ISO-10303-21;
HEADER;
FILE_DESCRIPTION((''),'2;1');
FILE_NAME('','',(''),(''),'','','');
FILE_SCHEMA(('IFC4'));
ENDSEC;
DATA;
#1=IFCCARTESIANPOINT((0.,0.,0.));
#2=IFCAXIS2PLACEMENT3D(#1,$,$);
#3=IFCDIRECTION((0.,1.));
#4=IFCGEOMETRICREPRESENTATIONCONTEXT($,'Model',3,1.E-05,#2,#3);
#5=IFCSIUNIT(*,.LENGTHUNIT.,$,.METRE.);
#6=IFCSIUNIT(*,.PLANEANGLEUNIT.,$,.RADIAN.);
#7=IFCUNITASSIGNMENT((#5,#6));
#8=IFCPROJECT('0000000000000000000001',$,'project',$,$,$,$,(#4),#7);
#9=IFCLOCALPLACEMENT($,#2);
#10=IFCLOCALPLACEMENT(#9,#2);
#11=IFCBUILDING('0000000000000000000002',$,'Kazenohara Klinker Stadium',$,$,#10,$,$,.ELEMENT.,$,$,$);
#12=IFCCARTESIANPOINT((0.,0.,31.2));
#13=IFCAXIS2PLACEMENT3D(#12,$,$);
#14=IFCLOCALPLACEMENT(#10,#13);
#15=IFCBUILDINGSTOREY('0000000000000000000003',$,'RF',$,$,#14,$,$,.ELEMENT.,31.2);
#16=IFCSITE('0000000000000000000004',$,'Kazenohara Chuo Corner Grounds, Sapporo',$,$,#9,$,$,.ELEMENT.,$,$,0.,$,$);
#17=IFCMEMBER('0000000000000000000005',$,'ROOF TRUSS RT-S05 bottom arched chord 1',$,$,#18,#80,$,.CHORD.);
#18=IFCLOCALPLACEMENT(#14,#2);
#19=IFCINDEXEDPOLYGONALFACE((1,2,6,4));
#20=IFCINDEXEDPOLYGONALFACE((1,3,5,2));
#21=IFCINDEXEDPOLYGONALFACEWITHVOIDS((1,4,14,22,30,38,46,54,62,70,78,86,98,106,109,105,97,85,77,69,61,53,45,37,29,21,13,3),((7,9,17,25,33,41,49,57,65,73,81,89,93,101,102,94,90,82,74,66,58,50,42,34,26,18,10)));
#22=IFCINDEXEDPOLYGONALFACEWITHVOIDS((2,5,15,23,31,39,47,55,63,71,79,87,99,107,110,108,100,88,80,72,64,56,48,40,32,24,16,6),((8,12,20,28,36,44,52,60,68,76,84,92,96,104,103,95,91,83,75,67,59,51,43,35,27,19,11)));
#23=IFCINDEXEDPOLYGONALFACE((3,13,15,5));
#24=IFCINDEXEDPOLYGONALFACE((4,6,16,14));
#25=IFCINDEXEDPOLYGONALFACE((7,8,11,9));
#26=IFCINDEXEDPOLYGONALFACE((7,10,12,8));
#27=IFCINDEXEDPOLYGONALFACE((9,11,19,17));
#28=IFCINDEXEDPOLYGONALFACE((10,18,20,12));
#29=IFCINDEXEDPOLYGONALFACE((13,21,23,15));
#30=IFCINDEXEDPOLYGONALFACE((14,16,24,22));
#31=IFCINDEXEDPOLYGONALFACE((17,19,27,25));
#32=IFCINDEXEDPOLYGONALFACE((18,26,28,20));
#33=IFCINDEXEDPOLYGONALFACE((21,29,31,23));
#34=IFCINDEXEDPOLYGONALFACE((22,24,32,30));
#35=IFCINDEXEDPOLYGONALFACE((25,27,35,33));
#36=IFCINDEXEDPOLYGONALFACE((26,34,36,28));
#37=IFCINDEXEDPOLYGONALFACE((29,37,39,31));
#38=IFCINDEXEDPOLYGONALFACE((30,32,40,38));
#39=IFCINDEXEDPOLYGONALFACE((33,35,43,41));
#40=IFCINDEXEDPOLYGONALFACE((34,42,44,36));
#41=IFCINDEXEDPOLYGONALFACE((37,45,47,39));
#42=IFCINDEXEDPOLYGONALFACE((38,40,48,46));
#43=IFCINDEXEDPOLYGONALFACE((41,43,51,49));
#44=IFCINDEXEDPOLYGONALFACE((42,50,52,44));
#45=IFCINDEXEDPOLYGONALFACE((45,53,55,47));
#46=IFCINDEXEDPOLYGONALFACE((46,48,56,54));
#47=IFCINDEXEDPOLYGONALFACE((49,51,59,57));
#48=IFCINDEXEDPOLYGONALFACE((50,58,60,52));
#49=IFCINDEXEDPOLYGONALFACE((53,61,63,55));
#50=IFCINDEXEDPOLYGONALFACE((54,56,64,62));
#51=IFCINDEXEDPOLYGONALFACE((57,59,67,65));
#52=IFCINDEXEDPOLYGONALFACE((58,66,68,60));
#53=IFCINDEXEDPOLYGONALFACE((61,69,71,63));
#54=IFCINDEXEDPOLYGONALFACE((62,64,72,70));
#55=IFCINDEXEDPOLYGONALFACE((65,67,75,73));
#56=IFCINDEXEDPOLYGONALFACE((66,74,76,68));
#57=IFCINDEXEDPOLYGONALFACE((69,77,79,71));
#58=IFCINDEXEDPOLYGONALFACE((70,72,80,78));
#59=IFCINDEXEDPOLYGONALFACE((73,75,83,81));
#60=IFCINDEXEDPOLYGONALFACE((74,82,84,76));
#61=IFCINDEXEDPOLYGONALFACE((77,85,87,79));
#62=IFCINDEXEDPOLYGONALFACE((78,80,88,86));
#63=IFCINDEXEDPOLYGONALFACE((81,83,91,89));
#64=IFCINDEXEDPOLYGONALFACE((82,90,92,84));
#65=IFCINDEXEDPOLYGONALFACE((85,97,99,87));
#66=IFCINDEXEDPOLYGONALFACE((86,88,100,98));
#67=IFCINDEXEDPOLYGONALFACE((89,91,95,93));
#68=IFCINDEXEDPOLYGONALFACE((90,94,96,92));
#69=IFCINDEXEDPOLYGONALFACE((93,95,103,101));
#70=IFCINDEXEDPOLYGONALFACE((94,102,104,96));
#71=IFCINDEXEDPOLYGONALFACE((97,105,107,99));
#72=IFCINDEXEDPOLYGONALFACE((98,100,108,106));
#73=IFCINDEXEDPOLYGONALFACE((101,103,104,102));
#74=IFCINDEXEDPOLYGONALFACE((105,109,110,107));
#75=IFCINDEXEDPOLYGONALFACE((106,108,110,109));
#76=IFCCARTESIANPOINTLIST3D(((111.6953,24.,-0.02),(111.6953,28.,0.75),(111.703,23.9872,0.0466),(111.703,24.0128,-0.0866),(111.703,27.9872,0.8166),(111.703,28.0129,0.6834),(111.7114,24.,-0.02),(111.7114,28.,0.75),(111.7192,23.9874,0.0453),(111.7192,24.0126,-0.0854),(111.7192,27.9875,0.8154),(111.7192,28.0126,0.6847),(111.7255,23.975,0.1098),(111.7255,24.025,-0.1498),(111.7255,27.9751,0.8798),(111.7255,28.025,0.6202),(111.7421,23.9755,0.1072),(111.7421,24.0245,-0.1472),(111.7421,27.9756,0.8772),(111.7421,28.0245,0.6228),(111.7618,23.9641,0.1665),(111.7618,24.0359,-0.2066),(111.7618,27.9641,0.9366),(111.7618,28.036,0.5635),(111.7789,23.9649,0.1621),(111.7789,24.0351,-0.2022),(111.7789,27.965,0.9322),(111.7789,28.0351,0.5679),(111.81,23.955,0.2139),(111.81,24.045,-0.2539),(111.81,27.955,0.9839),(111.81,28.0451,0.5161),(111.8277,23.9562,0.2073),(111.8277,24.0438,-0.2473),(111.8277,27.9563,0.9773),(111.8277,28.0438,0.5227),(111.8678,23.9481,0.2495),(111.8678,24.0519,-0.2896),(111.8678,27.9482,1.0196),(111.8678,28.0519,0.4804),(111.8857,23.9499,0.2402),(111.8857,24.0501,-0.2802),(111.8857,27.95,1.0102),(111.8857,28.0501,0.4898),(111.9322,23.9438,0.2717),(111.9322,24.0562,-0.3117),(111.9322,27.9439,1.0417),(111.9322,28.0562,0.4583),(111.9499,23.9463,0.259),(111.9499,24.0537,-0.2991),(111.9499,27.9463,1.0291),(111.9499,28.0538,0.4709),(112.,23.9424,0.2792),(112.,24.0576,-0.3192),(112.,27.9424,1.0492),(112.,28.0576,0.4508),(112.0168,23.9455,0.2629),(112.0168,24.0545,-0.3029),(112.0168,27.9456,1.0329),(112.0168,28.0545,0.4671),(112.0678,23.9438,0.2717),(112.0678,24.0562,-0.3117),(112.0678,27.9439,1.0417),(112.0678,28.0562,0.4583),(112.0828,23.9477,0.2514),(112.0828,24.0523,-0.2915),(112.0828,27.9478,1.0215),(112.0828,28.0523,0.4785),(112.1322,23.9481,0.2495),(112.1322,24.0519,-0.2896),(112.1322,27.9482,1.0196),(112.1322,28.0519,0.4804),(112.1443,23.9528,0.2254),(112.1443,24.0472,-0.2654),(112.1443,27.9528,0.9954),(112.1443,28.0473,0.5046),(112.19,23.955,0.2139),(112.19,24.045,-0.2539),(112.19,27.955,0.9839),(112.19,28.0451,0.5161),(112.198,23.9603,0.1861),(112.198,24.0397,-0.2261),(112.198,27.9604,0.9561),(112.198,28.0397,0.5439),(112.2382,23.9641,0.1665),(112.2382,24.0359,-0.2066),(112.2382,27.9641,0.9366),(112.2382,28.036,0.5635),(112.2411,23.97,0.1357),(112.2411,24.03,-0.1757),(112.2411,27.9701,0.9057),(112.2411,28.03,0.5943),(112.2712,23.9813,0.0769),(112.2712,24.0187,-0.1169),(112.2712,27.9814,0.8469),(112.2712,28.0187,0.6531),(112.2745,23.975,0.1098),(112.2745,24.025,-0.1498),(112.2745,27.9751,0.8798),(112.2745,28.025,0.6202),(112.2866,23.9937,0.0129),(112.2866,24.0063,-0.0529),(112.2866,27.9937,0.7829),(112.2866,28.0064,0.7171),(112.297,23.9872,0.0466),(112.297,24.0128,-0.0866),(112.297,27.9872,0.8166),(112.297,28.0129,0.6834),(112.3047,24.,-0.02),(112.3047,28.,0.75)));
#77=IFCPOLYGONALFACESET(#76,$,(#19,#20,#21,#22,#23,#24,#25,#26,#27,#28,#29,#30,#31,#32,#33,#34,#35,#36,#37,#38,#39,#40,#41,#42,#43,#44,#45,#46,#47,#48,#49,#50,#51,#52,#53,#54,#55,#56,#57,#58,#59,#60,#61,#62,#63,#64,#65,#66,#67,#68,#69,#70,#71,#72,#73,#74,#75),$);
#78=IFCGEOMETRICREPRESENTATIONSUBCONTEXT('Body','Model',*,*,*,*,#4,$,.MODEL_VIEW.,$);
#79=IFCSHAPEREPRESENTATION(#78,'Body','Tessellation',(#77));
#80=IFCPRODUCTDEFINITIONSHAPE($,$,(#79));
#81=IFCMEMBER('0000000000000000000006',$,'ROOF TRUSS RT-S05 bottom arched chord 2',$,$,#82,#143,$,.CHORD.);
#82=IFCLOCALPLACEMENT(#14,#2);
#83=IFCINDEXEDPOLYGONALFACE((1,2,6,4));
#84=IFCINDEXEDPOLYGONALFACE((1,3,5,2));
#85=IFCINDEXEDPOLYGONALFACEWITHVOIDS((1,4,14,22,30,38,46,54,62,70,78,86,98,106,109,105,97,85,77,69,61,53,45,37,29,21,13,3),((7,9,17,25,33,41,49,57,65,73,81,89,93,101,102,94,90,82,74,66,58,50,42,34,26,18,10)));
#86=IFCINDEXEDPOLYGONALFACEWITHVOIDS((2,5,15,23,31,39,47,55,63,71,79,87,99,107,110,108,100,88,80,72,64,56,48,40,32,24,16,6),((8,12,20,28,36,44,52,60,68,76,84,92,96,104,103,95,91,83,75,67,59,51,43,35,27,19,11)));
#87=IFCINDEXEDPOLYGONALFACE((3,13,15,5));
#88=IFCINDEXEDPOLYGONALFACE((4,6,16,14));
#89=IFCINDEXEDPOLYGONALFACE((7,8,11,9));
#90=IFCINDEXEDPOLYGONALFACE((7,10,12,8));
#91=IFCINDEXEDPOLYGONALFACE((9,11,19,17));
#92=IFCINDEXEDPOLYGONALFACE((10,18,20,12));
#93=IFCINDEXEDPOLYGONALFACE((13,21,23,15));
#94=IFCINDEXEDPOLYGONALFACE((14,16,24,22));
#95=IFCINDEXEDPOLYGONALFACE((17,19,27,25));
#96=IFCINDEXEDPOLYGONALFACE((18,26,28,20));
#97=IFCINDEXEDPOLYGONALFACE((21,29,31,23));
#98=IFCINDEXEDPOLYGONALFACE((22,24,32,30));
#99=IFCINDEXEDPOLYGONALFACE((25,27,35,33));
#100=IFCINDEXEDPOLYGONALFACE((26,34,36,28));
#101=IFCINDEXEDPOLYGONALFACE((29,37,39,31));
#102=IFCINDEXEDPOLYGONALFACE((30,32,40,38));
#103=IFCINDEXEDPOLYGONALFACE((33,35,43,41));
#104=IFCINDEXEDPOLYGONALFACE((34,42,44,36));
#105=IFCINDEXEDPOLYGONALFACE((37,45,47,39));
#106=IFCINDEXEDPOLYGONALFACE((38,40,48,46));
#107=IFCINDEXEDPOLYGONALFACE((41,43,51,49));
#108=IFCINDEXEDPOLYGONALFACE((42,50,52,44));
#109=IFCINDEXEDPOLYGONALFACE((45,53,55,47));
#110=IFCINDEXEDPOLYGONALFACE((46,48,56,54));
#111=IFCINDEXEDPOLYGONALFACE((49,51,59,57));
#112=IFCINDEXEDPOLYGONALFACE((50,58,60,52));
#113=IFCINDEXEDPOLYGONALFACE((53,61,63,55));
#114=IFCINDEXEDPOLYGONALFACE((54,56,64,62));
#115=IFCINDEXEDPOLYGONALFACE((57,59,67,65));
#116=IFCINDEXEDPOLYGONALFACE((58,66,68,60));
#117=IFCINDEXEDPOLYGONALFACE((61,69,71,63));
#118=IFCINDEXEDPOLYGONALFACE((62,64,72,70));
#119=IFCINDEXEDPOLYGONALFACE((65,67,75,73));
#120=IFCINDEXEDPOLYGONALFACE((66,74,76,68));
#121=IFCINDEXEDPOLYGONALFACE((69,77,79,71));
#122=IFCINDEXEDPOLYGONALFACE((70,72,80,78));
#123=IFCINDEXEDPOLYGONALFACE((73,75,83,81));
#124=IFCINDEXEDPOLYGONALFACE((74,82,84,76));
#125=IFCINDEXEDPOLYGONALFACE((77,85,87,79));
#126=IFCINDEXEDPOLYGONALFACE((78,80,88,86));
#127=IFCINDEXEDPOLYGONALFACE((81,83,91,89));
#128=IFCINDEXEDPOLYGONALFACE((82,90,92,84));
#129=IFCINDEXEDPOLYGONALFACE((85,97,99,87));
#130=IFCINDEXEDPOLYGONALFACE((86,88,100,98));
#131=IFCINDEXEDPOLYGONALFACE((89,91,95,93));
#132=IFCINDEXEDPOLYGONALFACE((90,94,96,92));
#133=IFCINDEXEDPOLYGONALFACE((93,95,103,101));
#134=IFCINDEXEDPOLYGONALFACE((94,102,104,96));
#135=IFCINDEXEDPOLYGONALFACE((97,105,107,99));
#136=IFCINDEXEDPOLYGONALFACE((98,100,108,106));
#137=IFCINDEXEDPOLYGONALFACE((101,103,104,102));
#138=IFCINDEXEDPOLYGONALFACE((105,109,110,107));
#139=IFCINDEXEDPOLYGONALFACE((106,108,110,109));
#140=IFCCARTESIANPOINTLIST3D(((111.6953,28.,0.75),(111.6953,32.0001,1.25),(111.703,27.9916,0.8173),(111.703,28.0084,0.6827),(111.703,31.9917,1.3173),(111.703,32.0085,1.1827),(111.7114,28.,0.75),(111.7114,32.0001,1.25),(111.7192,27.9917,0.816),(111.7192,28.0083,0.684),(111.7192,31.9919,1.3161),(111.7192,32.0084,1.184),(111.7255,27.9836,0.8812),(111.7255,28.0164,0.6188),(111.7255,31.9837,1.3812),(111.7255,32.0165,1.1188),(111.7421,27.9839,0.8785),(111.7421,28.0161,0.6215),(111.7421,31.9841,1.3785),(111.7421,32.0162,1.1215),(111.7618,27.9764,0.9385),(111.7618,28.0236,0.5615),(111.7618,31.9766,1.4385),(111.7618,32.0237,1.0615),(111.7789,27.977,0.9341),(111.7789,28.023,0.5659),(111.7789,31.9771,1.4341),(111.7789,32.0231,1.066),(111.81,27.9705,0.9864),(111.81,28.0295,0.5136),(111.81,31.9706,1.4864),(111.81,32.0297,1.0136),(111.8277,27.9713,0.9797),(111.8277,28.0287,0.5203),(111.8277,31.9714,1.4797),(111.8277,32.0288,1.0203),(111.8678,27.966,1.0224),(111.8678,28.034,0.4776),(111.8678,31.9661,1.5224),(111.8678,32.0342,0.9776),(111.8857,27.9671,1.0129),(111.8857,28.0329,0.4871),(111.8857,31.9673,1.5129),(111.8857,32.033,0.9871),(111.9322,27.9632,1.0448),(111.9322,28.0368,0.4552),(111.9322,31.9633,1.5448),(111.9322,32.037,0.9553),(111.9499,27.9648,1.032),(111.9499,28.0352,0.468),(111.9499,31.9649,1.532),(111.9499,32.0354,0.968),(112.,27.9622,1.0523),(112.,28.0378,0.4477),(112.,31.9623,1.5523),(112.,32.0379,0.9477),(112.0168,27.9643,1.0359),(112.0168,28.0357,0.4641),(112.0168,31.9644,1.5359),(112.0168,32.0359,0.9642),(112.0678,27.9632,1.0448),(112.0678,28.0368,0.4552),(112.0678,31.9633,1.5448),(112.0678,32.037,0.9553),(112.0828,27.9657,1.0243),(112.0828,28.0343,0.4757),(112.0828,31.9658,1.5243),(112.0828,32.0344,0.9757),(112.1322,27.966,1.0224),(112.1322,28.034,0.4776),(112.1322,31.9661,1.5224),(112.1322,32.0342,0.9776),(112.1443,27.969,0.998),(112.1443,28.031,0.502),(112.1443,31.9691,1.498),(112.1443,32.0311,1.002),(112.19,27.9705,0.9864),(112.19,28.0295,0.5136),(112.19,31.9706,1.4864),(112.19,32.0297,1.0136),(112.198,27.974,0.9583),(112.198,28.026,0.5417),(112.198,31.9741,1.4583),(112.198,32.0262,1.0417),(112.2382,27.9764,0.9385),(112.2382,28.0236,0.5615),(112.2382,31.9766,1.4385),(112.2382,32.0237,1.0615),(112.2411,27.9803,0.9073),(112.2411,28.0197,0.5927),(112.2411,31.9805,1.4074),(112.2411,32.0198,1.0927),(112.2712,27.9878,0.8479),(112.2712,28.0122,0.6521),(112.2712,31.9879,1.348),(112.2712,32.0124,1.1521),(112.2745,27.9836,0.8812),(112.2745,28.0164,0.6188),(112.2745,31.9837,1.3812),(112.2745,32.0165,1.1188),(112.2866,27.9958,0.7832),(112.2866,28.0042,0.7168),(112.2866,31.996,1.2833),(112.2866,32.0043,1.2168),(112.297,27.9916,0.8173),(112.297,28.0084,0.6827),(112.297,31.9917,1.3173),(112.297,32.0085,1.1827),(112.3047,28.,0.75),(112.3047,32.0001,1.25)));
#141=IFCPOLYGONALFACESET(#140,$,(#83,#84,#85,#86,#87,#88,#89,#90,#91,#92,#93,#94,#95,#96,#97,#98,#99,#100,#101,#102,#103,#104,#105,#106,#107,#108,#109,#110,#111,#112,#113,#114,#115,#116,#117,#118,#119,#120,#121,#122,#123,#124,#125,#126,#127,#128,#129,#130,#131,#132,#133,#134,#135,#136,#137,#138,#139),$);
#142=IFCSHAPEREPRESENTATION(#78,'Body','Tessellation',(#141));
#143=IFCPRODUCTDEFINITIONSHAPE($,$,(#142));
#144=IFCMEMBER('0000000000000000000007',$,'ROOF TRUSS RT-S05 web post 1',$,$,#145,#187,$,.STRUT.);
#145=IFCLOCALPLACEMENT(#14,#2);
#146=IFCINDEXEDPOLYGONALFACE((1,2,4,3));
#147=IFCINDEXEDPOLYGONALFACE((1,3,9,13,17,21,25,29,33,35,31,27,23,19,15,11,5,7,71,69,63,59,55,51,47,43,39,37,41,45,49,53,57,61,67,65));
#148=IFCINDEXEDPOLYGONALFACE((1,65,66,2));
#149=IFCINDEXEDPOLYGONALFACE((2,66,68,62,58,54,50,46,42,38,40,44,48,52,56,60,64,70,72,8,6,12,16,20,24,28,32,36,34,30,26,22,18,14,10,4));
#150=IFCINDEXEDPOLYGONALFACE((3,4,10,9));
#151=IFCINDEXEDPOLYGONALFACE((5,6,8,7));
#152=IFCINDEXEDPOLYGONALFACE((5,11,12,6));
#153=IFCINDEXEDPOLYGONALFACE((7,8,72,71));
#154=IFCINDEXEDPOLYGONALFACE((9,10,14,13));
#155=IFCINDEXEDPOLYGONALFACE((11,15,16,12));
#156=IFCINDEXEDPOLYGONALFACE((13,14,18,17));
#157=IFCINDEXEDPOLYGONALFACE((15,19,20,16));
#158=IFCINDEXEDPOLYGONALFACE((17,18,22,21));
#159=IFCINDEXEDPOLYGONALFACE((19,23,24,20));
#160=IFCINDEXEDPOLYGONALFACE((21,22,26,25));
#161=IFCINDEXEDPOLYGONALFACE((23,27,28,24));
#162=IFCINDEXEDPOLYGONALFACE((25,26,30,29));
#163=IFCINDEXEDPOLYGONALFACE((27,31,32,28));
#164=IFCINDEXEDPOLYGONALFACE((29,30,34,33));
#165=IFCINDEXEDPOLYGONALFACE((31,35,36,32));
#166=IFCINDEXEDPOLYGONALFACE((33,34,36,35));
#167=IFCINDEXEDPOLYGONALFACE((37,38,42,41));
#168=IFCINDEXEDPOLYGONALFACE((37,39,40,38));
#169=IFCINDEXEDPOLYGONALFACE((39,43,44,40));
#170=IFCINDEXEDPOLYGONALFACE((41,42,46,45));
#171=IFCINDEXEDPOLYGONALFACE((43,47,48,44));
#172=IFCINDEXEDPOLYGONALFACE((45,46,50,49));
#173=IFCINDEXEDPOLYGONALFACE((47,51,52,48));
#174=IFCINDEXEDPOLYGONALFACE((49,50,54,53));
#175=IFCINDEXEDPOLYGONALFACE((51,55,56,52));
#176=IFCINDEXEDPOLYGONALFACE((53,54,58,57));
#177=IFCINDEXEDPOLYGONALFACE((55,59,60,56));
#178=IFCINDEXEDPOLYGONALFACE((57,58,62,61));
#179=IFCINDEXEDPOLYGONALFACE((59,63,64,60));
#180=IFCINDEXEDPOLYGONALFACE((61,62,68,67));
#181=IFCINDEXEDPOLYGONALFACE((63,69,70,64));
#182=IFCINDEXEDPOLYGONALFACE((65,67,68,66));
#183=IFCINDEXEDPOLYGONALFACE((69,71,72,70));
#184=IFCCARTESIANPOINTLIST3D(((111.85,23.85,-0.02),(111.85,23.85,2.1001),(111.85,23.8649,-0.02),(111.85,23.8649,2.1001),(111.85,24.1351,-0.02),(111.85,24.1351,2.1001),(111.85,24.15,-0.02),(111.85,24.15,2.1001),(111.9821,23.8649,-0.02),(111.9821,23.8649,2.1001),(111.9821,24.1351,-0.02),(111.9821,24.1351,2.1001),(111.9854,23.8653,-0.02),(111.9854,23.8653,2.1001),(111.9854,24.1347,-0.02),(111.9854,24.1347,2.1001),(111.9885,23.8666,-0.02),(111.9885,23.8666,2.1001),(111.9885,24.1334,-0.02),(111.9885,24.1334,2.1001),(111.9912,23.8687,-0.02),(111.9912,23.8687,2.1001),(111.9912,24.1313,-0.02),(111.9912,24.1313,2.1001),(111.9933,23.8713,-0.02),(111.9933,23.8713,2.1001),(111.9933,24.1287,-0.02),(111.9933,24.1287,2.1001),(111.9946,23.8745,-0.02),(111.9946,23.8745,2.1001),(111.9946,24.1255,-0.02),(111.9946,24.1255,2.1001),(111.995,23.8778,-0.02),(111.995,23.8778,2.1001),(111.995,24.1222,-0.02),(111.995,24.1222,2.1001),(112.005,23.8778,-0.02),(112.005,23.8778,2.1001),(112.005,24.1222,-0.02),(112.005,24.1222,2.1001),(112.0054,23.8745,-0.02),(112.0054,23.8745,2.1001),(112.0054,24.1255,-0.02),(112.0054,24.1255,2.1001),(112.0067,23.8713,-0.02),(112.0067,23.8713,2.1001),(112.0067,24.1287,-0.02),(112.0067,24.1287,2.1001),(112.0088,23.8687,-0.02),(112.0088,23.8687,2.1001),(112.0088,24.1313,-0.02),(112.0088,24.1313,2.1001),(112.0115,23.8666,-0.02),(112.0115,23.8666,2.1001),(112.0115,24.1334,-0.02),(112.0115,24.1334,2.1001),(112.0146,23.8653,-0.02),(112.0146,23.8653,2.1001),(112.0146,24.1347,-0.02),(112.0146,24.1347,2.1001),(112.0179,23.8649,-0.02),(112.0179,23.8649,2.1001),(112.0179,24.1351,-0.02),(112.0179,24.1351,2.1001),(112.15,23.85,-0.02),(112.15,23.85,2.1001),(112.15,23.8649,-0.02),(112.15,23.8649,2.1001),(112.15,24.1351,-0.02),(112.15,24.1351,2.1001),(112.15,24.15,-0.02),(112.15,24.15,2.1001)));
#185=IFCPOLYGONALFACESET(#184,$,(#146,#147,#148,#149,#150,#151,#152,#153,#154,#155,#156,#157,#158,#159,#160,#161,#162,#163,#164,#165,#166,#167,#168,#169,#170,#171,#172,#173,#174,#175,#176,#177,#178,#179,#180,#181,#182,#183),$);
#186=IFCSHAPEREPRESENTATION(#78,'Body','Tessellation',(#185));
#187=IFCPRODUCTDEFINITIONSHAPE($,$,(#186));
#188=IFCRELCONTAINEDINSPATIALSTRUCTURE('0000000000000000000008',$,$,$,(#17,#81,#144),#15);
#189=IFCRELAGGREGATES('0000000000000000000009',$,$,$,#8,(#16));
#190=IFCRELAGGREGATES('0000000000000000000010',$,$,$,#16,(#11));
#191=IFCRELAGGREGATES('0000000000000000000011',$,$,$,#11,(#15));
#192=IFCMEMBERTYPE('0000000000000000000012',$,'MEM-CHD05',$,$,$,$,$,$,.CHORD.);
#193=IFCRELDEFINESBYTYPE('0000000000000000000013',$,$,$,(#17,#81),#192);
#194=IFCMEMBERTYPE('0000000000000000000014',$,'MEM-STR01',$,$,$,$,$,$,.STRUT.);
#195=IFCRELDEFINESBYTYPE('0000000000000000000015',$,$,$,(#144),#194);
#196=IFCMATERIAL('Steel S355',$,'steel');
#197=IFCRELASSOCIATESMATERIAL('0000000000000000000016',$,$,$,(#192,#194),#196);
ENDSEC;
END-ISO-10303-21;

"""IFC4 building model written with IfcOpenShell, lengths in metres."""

from ifc_helpers import new_model, si_unit, direction, frame, origin, origin_2d, place, context, subcontext, project, spatial, hollow_circle, i_section, extrude, material, material_profile, profile_set, type_object, element, save


model = new_model("IFC4")

# Units and contexts
model_context = context("Model", 3, precision=1e-05, world=origin(), true_north=direction((0.0, 1.0)))
body_context = subcontext(model_context, "Body", "Model", "MODEL_VIEW")
ifc_project = project(units=[si_unit("LENGTHUNIT", "METRE"), si_unit("PLANEANGLEUNIT", "RADIAN")], contexts=[model_context])

# Site, building, storey
site_placement = place(None, origin())
site = spatial("IfcSite", under=ifc_project, at=site_placement, Name="Kazenohara Chuo Corner Grounds, Sapporo", CompositionType="ELEMENT", RefElevation=0.0)
building_placement = place(site_placement, origin())
building = spatial("IfcBuilding", under=site, at=building_placement, Name="Kazenohara Klinker Stadium", CompositionType="ELEMENT")
storey_placement = place(building_placement, frame((0.0, 0.0, 31.2)))
storey = spatial("IfcBuildingStorey", under=building, at=storey_placement, Name="RF", CompositionType="ELEMENT", Elevation=31.2)

# Members
ifc_material_1 = material(Name="Steel S355", Category="steel")
ifc_material_profile_1 = material_profile(ifc_material_1, hollow_circle(Radius=0.3047, WallThickness=0.0161, at=origin_2d()), Name="CHS-609.6x16")
ifc_profile_set_1 = profile_set([ifc_material_profile_1], Name="Steel S355")
member_type_1 = type_object("IfcMemberType", Name="MEM-CHD05", PredefinedType="CHORD", material=ifc_profile_set_1)
member_1_placement = place(storey_placement, frame((112.0, 24.0, -0.02), z_axis=(0.0, 0.981971, 0.189034), x_axis=(-1.0, 0.0, 0.0)))
element("IfcMember", 1, at=member_1_placement, inside=storey, type_object=member_type_1, Name="ROOF TRUSS RT-S05 bottom arched chord 1", PredefinedType="CHORD", context=body_context, shape_type="SweptSolid", body=[
    extrude(hollow_circle(Radius=0.3047, WallThickness=0.0161, at=origin_2d()), origin(), (0.0, 0.0, 1.0), 4.0735),
])
member_2_placement = place(storey_placement, frame((112.0, 28.0, 0.75), z_axis=(0.0, 0.992278, 0.124035), x_axis=(-1.0, 0.0, 0.0)))
element("IfcMember", 2, at=member_2_placement, inside=storey, type_object=member_type_1, Name="ROOF TRUSS RT-S05 bottom arched chord 2", PredefinedType="CHORD", context=body_context, shape_type="SweptSolid", body=[
    extrude(hollow_circle(Radius=0.3047, WallThickness=0.0161, at=origin_2d()), origin(), (0.0, 0.0, 1.0), 4.0312),
])
ifc_material_profile_2 = material_profile(ifc_material_1, i_section(OverallWidth=0.3, OverallDepth=0.3, WebThickness=0.01, FlangeThickness=0.0149, FilletRadius=0.0129, at=origin_2d()), Name="H-300x300x10x15")
ifc_profile_set_2 = profile_set([ifc_material_profile_2], Name="Steel S355")
member_type_2 = type_object("IfcMemberType", Name="MEM-STR01", PredefinedType="STRUT", material=ifc_profile_set_2)
member_3_placement = place(storey_placement, frame((112.0, 24.0, -0.02), z_axis=(0.0, 0.0, 1.0), x_axis=(1.0, 0.0, 0.0)))
element("IfcMember", 3, at=member_3_placement, inside=storey, type_object=member_type_2, Name="ROOF TRUSS RT-S05 web post 1", PredefinedType="STRUT", context=body_context, shape_type="SweptSolid", body=[
    extrude(i_section(OverallWidth=0.3, OverallDepth=0.3, WebThickness=0.01, FlangeThickness=0.0149, FilletRadius=0.0129, at=origin_2d()), origin(), (0.0, 0.0, 1.0), 2.1201),
])

save(model, "model.ifc")
